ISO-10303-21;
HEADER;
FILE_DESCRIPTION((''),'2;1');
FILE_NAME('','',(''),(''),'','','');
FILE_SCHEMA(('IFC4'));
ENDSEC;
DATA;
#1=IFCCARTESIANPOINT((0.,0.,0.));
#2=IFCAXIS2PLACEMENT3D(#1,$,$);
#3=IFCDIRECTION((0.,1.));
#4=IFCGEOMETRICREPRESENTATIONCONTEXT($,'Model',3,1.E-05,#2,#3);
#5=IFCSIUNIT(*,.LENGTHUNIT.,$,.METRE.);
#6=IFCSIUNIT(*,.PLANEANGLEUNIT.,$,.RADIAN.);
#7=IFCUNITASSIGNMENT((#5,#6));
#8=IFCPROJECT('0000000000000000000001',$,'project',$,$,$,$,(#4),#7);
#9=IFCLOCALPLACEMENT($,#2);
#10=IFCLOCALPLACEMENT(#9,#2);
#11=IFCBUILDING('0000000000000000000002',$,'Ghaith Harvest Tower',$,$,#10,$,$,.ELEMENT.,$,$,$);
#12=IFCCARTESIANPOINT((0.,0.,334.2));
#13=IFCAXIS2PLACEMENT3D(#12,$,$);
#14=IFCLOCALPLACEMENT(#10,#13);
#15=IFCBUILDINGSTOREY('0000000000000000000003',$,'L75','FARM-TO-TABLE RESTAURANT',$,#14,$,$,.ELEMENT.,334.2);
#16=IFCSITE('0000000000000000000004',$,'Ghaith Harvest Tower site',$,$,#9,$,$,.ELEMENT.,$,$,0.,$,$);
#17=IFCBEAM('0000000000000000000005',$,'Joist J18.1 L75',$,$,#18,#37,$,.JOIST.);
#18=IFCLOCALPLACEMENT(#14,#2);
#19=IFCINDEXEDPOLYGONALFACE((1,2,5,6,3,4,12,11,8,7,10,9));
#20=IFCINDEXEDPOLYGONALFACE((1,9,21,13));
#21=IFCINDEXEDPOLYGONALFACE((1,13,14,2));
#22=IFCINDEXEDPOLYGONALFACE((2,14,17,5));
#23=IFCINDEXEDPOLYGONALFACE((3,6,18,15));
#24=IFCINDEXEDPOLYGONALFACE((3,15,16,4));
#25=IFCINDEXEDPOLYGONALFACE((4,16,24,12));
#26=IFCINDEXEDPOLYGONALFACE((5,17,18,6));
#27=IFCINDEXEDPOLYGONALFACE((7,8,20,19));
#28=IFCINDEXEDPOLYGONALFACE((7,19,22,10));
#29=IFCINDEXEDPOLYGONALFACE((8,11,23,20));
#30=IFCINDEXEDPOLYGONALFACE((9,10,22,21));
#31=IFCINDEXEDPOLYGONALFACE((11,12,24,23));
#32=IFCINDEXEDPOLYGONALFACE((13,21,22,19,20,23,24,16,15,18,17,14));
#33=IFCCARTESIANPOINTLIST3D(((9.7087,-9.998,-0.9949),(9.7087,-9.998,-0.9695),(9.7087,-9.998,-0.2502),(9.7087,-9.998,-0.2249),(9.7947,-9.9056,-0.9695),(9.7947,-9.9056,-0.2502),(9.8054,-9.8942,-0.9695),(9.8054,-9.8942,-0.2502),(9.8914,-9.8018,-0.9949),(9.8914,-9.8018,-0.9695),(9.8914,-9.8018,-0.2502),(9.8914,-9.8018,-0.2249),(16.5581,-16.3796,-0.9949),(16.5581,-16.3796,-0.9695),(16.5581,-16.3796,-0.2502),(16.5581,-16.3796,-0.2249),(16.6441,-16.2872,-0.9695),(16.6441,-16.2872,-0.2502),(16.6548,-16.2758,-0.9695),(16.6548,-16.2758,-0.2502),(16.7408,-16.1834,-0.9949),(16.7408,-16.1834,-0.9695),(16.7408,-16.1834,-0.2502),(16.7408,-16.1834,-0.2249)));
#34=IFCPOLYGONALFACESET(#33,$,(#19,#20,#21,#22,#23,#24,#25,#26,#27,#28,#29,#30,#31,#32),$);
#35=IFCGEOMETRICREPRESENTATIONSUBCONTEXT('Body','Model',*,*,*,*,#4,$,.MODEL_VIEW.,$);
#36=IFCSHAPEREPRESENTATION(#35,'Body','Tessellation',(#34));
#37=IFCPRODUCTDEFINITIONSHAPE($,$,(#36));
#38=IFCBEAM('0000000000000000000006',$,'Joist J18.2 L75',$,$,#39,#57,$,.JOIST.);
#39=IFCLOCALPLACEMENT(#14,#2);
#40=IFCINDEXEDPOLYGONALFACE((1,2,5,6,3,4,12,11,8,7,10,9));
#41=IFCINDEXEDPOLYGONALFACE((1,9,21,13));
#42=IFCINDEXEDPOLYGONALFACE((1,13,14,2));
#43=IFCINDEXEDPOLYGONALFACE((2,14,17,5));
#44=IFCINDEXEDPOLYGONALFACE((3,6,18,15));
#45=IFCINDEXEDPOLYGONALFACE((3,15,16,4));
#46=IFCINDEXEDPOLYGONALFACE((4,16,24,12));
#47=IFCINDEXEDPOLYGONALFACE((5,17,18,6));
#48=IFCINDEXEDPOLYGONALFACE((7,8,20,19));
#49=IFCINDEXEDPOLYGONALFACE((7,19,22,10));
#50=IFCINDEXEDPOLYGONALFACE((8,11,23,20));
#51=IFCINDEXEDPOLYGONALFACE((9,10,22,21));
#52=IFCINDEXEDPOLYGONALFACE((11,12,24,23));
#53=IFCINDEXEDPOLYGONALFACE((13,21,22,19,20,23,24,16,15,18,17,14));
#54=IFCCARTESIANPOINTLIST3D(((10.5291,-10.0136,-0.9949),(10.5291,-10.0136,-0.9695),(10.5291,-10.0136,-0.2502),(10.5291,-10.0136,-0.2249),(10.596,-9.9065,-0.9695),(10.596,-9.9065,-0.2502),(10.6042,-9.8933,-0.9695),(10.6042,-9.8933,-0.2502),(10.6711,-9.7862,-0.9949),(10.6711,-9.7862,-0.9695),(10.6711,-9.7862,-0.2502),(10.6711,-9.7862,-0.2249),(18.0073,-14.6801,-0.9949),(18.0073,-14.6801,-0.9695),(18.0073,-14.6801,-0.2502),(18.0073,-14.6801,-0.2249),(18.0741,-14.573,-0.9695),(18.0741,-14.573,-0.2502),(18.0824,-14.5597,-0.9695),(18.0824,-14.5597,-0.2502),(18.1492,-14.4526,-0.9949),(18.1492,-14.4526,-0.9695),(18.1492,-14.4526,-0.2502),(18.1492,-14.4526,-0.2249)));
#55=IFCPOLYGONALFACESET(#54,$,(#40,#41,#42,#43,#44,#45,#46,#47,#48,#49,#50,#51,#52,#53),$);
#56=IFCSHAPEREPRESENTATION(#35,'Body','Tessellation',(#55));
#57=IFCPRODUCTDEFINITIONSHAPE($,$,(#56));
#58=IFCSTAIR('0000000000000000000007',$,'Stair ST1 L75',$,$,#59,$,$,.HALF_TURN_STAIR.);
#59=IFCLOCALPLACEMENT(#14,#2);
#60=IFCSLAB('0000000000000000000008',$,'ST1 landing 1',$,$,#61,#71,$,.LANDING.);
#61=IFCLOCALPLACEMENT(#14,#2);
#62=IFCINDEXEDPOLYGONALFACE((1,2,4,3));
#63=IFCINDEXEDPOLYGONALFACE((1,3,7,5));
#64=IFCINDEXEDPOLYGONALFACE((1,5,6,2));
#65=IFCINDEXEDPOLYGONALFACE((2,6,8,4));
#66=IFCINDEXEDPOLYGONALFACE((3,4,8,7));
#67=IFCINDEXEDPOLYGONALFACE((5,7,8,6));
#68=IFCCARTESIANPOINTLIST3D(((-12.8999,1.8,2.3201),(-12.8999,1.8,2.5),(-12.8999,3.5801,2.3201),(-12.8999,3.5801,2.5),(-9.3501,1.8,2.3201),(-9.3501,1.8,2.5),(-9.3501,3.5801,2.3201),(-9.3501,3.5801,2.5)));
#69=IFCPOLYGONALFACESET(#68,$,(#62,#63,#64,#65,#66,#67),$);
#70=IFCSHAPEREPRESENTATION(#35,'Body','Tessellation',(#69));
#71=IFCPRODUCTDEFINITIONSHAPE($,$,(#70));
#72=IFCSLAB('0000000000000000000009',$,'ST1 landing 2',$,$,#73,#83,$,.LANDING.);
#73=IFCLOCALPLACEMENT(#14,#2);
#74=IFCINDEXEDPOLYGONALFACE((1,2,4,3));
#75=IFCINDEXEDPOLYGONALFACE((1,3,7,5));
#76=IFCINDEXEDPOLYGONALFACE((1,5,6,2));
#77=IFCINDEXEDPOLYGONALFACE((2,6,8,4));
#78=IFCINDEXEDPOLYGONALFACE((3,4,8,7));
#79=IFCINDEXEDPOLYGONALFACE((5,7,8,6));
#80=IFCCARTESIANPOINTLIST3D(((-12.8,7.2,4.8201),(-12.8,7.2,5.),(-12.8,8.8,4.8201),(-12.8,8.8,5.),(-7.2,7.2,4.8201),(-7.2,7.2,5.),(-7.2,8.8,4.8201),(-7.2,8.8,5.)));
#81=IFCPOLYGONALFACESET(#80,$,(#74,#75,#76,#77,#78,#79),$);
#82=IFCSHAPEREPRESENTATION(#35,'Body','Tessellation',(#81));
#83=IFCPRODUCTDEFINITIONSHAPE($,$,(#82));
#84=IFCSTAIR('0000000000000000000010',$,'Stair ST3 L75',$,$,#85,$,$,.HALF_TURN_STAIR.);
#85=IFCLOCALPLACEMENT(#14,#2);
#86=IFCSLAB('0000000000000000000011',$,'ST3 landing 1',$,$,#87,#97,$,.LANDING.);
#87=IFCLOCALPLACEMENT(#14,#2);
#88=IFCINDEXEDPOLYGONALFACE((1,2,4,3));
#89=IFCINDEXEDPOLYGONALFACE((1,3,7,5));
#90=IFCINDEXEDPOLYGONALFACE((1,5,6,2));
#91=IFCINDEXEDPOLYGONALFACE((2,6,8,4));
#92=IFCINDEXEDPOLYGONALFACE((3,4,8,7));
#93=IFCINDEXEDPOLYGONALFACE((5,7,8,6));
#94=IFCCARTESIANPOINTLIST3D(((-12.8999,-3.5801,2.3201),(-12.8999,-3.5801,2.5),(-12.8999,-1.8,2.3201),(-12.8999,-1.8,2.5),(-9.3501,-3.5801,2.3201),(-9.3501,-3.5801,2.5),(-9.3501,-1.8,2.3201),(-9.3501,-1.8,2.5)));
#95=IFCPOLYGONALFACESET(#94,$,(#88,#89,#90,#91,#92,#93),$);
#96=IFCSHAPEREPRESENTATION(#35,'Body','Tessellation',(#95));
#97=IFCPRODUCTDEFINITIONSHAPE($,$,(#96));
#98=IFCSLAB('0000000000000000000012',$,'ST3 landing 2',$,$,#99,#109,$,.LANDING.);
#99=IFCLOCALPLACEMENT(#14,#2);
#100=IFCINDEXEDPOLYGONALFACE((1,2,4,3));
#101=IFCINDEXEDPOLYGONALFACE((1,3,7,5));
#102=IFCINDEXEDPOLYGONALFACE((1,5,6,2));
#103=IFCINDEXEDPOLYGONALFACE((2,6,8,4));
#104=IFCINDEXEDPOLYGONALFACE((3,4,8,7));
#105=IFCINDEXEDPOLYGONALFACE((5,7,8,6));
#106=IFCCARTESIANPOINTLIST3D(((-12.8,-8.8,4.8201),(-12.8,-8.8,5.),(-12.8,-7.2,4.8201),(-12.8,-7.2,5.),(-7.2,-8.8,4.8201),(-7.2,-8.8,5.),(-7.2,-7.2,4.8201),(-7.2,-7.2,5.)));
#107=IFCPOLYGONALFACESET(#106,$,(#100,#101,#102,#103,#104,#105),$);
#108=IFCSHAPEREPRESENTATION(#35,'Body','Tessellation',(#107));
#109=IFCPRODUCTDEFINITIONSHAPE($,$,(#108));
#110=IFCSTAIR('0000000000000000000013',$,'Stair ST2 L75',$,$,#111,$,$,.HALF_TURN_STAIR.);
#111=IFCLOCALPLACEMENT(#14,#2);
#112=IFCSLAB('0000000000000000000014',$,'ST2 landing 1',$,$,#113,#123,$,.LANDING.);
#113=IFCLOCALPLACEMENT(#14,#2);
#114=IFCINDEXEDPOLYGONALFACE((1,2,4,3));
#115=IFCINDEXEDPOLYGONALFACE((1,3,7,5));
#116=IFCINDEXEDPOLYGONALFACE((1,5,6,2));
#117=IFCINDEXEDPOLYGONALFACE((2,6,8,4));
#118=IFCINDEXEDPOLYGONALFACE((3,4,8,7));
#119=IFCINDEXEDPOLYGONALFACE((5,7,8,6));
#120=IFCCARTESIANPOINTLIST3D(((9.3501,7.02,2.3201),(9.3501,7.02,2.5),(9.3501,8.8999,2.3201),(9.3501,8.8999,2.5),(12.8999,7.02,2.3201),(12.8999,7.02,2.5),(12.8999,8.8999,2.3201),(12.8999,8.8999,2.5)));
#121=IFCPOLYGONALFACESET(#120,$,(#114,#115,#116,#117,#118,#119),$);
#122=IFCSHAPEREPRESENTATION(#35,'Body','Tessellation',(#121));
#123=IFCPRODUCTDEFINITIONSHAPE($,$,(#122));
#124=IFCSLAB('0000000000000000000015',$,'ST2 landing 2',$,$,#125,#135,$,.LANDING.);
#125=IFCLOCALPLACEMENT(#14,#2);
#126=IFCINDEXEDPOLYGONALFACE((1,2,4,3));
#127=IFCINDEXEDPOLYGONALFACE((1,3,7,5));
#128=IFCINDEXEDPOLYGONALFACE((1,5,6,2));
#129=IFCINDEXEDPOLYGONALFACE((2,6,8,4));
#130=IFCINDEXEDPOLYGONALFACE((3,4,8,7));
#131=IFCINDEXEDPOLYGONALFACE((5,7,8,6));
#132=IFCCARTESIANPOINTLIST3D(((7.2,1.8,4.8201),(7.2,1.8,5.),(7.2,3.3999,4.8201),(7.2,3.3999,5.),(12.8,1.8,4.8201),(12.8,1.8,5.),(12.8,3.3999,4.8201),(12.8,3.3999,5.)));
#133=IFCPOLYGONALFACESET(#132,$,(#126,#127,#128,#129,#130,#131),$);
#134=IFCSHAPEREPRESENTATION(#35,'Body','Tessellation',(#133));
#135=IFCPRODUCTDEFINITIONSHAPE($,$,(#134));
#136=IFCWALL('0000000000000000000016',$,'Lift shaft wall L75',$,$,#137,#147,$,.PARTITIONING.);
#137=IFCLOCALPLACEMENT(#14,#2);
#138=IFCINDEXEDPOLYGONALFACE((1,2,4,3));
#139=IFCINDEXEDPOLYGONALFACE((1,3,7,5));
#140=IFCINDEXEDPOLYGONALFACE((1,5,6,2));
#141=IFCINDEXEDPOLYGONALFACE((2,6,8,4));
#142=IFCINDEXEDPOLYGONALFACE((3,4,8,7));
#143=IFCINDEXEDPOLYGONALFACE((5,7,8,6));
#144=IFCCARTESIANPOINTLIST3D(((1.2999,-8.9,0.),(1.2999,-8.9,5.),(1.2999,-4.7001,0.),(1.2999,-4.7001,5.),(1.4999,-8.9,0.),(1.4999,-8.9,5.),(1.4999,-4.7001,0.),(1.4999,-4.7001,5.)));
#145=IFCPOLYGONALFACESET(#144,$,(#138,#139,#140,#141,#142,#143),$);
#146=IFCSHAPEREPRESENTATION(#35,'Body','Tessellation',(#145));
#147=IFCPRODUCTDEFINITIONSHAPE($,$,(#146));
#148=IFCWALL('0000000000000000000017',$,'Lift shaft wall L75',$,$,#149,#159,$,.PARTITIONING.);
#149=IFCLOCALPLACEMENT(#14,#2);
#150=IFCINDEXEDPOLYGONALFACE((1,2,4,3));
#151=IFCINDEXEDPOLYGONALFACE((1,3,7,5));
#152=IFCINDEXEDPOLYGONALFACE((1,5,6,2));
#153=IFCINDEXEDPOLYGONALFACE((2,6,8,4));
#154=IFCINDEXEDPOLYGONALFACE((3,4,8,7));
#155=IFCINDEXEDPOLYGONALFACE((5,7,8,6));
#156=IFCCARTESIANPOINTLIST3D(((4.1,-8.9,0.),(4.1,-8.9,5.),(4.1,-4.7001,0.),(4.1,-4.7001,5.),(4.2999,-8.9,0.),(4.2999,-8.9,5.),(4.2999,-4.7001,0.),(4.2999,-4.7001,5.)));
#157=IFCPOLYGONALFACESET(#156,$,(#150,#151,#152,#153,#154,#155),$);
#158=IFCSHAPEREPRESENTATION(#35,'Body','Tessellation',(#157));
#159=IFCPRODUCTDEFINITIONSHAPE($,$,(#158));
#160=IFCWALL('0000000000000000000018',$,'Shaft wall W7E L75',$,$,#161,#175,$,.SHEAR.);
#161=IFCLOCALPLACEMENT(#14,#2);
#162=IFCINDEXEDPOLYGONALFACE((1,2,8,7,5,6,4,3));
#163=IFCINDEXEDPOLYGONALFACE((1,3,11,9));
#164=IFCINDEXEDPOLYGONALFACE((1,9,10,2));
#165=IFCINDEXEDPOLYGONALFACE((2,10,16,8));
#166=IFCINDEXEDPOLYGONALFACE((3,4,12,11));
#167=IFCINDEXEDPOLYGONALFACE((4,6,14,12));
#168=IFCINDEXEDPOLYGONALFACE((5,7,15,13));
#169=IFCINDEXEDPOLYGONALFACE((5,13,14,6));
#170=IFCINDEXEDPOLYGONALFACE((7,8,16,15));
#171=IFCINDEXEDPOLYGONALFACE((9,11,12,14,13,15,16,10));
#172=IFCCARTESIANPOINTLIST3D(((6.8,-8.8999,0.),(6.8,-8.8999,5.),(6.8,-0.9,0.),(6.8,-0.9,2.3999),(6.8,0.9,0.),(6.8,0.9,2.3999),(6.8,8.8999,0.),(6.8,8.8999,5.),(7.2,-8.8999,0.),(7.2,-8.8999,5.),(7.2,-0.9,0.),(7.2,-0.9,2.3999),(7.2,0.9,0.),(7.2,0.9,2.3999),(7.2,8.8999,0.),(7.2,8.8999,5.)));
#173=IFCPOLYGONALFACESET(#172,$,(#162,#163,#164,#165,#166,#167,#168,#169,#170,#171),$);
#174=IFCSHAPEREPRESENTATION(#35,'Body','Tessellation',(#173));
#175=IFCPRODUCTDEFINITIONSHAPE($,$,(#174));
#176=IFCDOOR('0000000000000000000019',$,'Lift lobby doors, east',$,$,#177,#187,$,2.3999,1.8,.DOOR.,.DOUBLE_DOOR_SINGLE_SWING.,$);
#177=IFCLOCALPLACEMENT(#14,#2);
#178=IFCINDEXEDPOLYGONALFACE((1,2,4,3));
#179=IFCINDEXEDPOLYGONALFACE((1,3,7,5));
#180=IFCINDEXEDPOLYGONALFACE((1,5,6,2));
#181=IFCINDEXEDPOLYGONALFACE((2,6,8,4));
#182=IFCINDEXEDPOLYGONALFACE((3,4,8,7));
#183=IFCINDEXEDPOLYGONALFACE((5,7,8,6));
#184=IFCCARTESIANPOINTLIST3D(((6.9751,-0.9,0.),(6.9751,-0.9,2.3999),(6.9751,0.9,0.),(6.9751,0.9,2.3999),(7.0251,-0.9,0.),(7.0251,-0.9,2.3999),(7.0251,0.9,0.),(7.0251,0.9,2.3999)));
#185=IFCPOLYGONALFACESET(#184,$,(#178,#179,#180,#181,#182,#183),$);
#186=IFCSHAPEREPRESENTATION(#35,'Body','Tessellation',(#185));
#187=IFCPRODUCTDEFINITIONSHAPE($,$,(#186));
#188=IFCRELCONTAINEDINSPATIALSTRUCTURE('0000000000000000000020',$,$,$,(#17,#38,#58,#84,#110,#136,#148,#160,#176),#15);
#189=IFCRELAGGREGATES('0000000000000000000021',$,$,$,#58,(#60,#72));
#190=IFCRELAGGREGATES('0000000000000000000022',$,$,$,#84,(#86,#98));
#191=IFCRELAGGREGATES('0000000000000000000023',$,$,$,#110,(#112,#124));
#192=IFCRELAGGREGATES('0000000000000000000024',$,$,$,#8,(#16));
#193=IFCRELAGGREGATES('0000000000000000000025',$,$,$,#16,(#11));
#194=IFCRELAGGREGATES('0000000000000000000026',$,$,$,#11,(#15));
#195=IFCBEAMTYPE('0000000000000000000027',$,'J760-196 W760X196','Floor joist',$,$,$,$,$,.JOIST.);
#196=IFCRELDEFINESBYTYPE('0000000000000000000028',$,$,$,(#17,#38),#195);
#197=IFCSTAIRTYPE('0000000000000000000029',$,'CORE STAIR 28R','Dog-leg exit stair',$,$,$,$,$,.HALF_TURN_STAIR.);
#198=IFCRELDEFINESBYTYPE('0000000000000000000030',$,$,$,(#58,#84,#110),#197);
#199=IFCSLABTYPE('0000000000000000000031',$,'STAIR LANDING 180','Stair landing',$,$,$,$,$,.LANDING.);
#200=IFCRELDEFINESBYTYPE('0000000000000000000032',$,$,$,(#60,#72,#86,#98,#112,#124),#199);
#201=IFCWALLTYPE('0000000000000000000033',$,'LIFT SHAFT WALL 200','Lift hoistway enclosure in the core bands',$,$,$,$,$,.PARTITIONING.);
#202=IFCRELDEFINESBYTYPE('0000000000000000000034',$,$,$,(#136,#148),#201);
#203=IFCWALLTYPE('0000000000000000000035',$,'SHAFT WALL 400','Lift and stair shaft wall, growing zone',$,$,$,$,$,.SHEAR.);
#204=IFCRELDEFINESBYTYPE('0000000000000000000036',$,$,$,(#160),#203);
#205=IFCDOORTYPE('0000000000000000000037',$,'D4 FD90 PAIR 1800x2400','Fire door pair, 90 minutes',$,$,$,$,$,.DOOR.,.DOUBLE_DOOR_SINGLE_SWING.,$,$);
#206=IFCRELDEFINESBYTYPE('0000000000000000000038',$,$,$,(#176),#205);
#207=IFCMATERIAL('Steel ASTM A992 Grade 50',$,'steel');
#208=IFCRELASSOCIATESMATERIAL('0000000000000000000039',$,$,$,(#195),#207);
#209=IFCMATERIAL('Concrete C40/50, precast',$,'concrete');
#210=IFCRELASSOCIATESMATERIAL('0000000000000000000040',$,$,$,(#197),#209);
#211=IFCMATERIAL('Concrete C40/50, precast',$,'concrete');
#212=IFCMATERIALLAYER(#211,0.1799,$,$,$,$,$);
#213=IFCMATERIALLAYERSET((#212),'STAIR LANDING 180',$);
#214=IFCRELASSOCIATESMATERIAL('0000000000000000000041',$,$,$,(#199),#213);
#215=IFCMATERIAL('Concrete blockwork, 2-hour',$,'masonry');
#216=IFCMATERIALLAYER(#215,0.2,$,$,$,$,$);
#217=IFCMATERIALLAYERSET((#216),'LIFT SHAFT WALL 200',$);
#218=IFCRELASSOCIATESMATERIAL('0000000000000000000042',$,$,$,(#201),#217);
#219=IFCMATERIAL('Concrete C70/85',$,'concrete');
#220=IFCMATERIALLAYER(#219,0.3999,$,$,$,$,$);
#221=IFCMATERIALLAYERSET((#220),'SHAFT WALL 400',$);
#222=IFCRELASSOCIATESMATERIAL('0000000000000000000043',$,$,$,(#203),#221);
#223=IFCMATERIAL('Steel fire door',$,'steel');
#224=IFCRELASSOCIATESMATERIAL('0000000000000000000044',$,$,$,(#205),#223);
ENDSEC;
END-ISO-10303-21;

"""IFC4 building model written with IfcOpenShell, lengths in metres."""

from ifc_helpers import new_model, si_unit, direction, frame, frame_2d, origin, origin_2d, place, context, subcontext, project, spatial, polyline, rectangle, i_section, outline, extrude, material, layer, layer_set, material_profile, profile_set, type_object, element, fill, aggregate, save


model = new_model("IFC4")

# Units and contexts
model_context = context("Model", 3, precision=1e-05, world=origin(), true_north=direction((0.0, 1.0)))
body_context = subcontext(model_context, "Body", "Model", "MODEL_VIEW")
ifc_project = project(units=[si_unit("LENGTHUNIT", "METRE"), si_unit("PLANEANGLEUNIT", "RADIAN")], contexts=[model_context])

# Site, building, storey
site_placement = place(None, origin())
site = spatial("IfcSite", under=ifc_project, at=site_placement, Name="Ghaith Harvest Tower site", CompositionType="ELEMENT", RefElevation=0.0)
building_placement = place(site_placement, origin())
building = spatial("IfcBuilding", under=site, at=building_placement, Name="Ghaith Harvest Tower", CompositionType="ELEMENT")
storey_placement = place(building_placement, frame((0.0, 0.0, 334.2)))
storey = spatial("IfcBuildingStorey", under=building, at=storey_placement, Name="L75", Description="FARM-TO-TABLE RESTAURANT", CompositionType="ELEMENT", Elevation=334.2)

# Beams
ifc_material_1 = material(Name="Steel ASTM A992 Grade 50", Category="steel")
ifc_material_profile = material_profile(ifc_material_1, i_section(OverallWidth=0.2681, OverallDepth=0.77, WebThickness=0.0156, FlangeThickness=0.0254, at=origin_2d()), Name="W760X196")
ifc_profile_set = profile_set([ifc_material_profile], Name="Steel ASTM A992 Grade 50")
beam_type = type_object("IfcBeamType", Name="J760-196 W760X196", Description="Floor joist", PredefinedType="JOIST", material=ifc_profile_set)
beam_1_placement = place(storey_placement, frame((9.8, -9.8999, -0.6099), z_axis=(0.731649, -0.681682, 0.0), x_axis=(0.681682, 0.731649, 0.0)))
element("IfcBeam", 1, at=beam_1_placement, inside=storey, type_object=beam_type, Name="Joist J18.1 L75", PredefinedType="JOIST", context=body_context, shape_type="SweptSolid", body=[
    extrude(i_section(OverallWidth=0.2681, OverallDepth=0.77, WebThickness=0.0156, FlangeThickness=0.0254, at=origin_2d()), origin(), (0.0, 0.0, 1.0), 9.3616),
])
beam_2_placement = place(storey_placement, frame((10.6001, -9.8999, -0.6099), z_axis=(0.848376, -0.529394, 0.0), x_axis=(0.529394, 0.848376, 0.0)))
element("IfcBeam", 2, at=beam_2_placement, inside=storey, type_object=beam_type, Name="Joist J18.2 L75", PredefinedType="JOIST", context=body_context, shape_type="SweptSolid", body=[
    extrude(i_section(OverallWidth=0.2681, OverallDepth=0.77, WebThickness=0.0156, FlangeThickness=0.0254, at=origin_2d()), origin(), (0.0, 0.0, 1.0), 8.8147),
])

# Stairs, slabs
ifc_material_2 = material(Name="Concrete C40/50, precast", Category="concrete")
stair_type = type_object("IfcStairType", Name="CORE STAIR 28R", Description="Dog-leg exit stair", PredefinedType="HALF_TURN_STAIR", material=ifc_material_2)
stair_1_placement = place(storey_placement, origin())
stair_1 = element("IfcStair", 3, at=stair_1_placement, inside=storey, type_object=stair_type, Name="Stair ST1 L75", PredefinedType="HALF_TURN_STAIR")
ifc_material_3 = material(Name="Concrete C40/50, precast", Category="concrete")
ifc_layer_1 = layer(ifc_material_3, 0.1799)
ifc_layer_set_1 = layer_set([ifc_layer_1], Name="STAIR LANDING 180")
slab_type = type_object("IfcSlabType", Name="STAIR LANDING 180", Description="Stair landing", PredefinedType="LANDING", material=ifc_layer_set_1)
slab_1_placement = place(storey_placement, frame((0.0, 0.0, 2.3201)))
slab_1 = element("IfcSlab", 4, at=slab_1_placement, type_object=slab_type, Name="ST1 landing 1", PredefinedType="LANDING", context=body_context, shape_type="SweptSolid", body=[
    extrude(outline(polyline([(-12.8999, 3.5801), (-12.8999, 1.8), (-9.3501, 1.8), (-9.3501, 3.5801), (-12.8999, 3.5801)])), origin(), (0.0, 0.0, 1.0), 0.1799),
])
slab_2_placement = place(storey_placement, frame((0.0, 0.0, 4.8201)))
slab_2 = element("IfcSlab", 5, at=slab_2_placement, type_object=slab_type, Name="ST1 landing 2", PredefinedType="LANDING", context=body_context, shape_type="SweptSolid", body=[
    extrude(outline(polyline([(-12.8, 8.8), (-12.8, 7.2), (-7.2, 7.2), (-7.2, 8.8), (-12.8, 8.8)])), origin(), (0.0, 0.0, 1.0), 0.1799),
])
aggregate(stair_1, [slab_1, slab_2])
stair_2_placement = place(storey_placement, origin())
stair_2 = element("IfcStair", 6, at=stair_2_placement, inside=storey, type_object=stair_type, Name="Stair ST3 L75", PredefinedType="HALF_TURN_STAIR")
slab_3_placement = place(storey_placement, frame((0.0, 0.0, 2.3201)))
slab_3 = element("IfcSlab", 7, at=slab_3_placement, type_object=slab_type, Name="ST3 landing 1", PredefinedType="LANDING", context=body_context, shape_type="SweptSolid", body=[
    extrude(outline(polyline([(-12.8999, -3.5801), (-12.8999, -1.8), (-9.3501, -1.8), (-9.3501, -3.5801), (-12.8999, -3.5801)])), origin(), (0.0, 0.0, 1.0), 0.1799),
])
slab_4_placement = place(storey_placement, frame((0.0, 0.0, 4.8201)))
slab_4 = element("IfcSlab", 8, at=slab_4_placement, type_object=slab_type, Name="ST3 landing 2", PredefinedType="LANDING", context=body_context, shape_type="SweptSolid", body=[
    extrude(outline(polyline([(-12.8, -8.8), (-12.8, -7.2), (-7.2, -7.2), (-7.2, -8.8), (-12.8, -8.8)])), origin(), (0.0, 0.0, 1.0), 0.1799),
])
aggregate(stair_2, [slab_3, slab_4])
stair_3_placement = place(storey_placement, origin())
stair_3 = element("IfcStair", 9, at=stair_3_placement, inside=storey, type_object=stair_type, Name="Stair ST2 L75", PredefinedType="HALF_TURN_STAIR")
slab_5_placement = place(storey_placement, frame((0.0, 0.0, 2.3201)))
slab_5 = element("IfcSlab", 10, at=slab_5_placement, type_object=slab_type, Name="ST2 landing 1", PredefinedType="LANDING", context=body_context, shape_type="SweptSolid", body=[
    extrude(outline(polyline([(12.8999, 7.02), (12.8999, 8.8999), (9.3501, 8.8999), (9.3501, 7.02), (12.8999, 7.02)])), origin(), (0.0, 0.0, 1.0), 0.1799),
])
slab_6_placement = place(storey_placement, frame((0.0, 0.0, 4.8201)))
slab_6 = element("IfcSlab", 11, at=slab_6_placement, type_object=slab_type, Name="ST2 landing 2", PredefinedType="LANDING", context=body_context, shape_type="SweptSolid", body=[
    extrude(outline(polyline([(12.8, 1.8), (12.8, 3.3999), (7.2, 3.3999), (7.2, 1.8), (12.8, 1.8)])), origin(), (0.0, 0.0, 1.0), 0.1799),
])
aggregate(stair_3, [slab_5, slab_6])

# Walls
ifc_material_4 = material(Name="Concrete blockwork, 2-hour", Category="masonry")
ifc_layer_2 = layer(ifc_material_4, 0.2)
ifc_layer_set_2 = layer_set([ifc_layer_2], Name="LIFT SHAFT WALL 200")
wall_type_1 = type_object("IfcWallType", Name="LIFT SHAFT WALL 200", Description="Lift hoistway enclosure in the core bands", PredefinedType="PARTITIONING", material=ifc_layer_set_2)
for number, where, z_axis, x_axis, name in (
    (12, (1.3999, -4.7, 0.0), (0.0, 0.0, 1.0), (0.0, -1.0, 0.0), "Lift shaft wall L75"),
    (13, (4.2, -4.7, 0.0), (0.0, 0.0, 1.0), (0.0, -1.0, 0.0), "Lift shaft wall L75"),
):
    element("IfcWall", number, at=place(storey_placement, frame(where, z_axis=z_axis, x_axis=x_axis)), inside=storey, type_object=wall_type_1, Name=name, PredefinedType="PARTITIONING", context=body_context, shape_type="SweptSolid", body=[
        extrude(rectangle(XDim=4.2, YDim=0.2, at=frame_2d((2.1001, 0.0))), origin(), (0.0, 0.0, 1.0), 5.0),
    ])

# Wall, opening, door
ifc_material_5 = material(Name="Concrete C70/85", Category="concrete")
ifc_layer_3 = layer(ifc_material_5, 0.3999)
ifc_layer_set_3 = layer_set([ifc_layer_3], Name="SHAFT WALL 400")
wall_type_2 = type_object("IfcWallType", Name="SHAFT WALL 400", Description="Lift and stair shaft wall, growing zone", PredefinedType="SHEAR", material=ifc_layer_set_3)
wall_1_placement = place(storey_placement, frame((7.0, -8.8999, 0.0), z_axis=(0.0, 0.0, 1.0), x_axis=(0.0, 1.0, 0.0)))
wall_1 = element("IfcWall", 14, at=wall_1_placement, inside=storey, type_object=wall_type_2, Name="Shaft wall W7E L75", PredefinedType="SHEAR", context=body_context, shape_type="SweptSolid", body=[
    extrude(rectangle(XDim=17.7998, YDim=0.3999, at=frame_2d((8.8999, 0.0))), origin(), (0.0, 0.0, 1.0), 5.0),
])
opening_1_placement = place(wall_1_placement, frame((8.0, 0.0, 0.0)))
opening_1 = element("IfcOpeningElement", 15, at=opening_1_placement, cuts=wall_1, PredefinedType="OPENING", context=body_context, shape_type="SweptSolid", body=[
    extrude(rectangle(XDim=1.8, YDim=2.3999, at=frame_2d((0.8999, 1.2))), frame((0.0, 0.21, 0.0), z_axis=(0.0, -1.0, 0.0), x_axis=(1.0, 0.0, 0.0)), (0.0, 0.0, 1.0), 0.4199),
])
ifc_material_6 = material(Name="Steel fire door", Category="steel")
door_type_1 = type_object("IfcDoorType", Name="D4 FD90 PAIR 1800x2400", Description="Fire door pair, 90 minutes", OperationType="DOUBLE_DOOR_SINGLE_SWING", PredefinedType="DOOR", material=ifc_material_6)
door_1_placement = place(opening_1_placement, origin())
door_1 = element("IfcDoor", 16, at=door_1_placement, inside=storey, type_object=door_type_1, Name="Lift lobby doors, east", OperationType="DOUBLE_DOOR_SINGLE_SWING", OverallHeight=2.3999, OverallWidth=1.8, PredefinedType="DOOR", context=body_context, shape_type="SweptSolid", body=[
    extrude(rectangle(XDim=1.8, YDim=2.3999, at=frame_2d((0.8999, 1.2))), frame((0.0, 0.0249, 0.0), z_axis=(0.0, -1.0, 0.0), x_axis=(1.0, 0.0, 0.0)), (0.0, 0.0, 1.0), 0.05),
])
fill(opening_1, door_1)

save(model, "model.ifc")
